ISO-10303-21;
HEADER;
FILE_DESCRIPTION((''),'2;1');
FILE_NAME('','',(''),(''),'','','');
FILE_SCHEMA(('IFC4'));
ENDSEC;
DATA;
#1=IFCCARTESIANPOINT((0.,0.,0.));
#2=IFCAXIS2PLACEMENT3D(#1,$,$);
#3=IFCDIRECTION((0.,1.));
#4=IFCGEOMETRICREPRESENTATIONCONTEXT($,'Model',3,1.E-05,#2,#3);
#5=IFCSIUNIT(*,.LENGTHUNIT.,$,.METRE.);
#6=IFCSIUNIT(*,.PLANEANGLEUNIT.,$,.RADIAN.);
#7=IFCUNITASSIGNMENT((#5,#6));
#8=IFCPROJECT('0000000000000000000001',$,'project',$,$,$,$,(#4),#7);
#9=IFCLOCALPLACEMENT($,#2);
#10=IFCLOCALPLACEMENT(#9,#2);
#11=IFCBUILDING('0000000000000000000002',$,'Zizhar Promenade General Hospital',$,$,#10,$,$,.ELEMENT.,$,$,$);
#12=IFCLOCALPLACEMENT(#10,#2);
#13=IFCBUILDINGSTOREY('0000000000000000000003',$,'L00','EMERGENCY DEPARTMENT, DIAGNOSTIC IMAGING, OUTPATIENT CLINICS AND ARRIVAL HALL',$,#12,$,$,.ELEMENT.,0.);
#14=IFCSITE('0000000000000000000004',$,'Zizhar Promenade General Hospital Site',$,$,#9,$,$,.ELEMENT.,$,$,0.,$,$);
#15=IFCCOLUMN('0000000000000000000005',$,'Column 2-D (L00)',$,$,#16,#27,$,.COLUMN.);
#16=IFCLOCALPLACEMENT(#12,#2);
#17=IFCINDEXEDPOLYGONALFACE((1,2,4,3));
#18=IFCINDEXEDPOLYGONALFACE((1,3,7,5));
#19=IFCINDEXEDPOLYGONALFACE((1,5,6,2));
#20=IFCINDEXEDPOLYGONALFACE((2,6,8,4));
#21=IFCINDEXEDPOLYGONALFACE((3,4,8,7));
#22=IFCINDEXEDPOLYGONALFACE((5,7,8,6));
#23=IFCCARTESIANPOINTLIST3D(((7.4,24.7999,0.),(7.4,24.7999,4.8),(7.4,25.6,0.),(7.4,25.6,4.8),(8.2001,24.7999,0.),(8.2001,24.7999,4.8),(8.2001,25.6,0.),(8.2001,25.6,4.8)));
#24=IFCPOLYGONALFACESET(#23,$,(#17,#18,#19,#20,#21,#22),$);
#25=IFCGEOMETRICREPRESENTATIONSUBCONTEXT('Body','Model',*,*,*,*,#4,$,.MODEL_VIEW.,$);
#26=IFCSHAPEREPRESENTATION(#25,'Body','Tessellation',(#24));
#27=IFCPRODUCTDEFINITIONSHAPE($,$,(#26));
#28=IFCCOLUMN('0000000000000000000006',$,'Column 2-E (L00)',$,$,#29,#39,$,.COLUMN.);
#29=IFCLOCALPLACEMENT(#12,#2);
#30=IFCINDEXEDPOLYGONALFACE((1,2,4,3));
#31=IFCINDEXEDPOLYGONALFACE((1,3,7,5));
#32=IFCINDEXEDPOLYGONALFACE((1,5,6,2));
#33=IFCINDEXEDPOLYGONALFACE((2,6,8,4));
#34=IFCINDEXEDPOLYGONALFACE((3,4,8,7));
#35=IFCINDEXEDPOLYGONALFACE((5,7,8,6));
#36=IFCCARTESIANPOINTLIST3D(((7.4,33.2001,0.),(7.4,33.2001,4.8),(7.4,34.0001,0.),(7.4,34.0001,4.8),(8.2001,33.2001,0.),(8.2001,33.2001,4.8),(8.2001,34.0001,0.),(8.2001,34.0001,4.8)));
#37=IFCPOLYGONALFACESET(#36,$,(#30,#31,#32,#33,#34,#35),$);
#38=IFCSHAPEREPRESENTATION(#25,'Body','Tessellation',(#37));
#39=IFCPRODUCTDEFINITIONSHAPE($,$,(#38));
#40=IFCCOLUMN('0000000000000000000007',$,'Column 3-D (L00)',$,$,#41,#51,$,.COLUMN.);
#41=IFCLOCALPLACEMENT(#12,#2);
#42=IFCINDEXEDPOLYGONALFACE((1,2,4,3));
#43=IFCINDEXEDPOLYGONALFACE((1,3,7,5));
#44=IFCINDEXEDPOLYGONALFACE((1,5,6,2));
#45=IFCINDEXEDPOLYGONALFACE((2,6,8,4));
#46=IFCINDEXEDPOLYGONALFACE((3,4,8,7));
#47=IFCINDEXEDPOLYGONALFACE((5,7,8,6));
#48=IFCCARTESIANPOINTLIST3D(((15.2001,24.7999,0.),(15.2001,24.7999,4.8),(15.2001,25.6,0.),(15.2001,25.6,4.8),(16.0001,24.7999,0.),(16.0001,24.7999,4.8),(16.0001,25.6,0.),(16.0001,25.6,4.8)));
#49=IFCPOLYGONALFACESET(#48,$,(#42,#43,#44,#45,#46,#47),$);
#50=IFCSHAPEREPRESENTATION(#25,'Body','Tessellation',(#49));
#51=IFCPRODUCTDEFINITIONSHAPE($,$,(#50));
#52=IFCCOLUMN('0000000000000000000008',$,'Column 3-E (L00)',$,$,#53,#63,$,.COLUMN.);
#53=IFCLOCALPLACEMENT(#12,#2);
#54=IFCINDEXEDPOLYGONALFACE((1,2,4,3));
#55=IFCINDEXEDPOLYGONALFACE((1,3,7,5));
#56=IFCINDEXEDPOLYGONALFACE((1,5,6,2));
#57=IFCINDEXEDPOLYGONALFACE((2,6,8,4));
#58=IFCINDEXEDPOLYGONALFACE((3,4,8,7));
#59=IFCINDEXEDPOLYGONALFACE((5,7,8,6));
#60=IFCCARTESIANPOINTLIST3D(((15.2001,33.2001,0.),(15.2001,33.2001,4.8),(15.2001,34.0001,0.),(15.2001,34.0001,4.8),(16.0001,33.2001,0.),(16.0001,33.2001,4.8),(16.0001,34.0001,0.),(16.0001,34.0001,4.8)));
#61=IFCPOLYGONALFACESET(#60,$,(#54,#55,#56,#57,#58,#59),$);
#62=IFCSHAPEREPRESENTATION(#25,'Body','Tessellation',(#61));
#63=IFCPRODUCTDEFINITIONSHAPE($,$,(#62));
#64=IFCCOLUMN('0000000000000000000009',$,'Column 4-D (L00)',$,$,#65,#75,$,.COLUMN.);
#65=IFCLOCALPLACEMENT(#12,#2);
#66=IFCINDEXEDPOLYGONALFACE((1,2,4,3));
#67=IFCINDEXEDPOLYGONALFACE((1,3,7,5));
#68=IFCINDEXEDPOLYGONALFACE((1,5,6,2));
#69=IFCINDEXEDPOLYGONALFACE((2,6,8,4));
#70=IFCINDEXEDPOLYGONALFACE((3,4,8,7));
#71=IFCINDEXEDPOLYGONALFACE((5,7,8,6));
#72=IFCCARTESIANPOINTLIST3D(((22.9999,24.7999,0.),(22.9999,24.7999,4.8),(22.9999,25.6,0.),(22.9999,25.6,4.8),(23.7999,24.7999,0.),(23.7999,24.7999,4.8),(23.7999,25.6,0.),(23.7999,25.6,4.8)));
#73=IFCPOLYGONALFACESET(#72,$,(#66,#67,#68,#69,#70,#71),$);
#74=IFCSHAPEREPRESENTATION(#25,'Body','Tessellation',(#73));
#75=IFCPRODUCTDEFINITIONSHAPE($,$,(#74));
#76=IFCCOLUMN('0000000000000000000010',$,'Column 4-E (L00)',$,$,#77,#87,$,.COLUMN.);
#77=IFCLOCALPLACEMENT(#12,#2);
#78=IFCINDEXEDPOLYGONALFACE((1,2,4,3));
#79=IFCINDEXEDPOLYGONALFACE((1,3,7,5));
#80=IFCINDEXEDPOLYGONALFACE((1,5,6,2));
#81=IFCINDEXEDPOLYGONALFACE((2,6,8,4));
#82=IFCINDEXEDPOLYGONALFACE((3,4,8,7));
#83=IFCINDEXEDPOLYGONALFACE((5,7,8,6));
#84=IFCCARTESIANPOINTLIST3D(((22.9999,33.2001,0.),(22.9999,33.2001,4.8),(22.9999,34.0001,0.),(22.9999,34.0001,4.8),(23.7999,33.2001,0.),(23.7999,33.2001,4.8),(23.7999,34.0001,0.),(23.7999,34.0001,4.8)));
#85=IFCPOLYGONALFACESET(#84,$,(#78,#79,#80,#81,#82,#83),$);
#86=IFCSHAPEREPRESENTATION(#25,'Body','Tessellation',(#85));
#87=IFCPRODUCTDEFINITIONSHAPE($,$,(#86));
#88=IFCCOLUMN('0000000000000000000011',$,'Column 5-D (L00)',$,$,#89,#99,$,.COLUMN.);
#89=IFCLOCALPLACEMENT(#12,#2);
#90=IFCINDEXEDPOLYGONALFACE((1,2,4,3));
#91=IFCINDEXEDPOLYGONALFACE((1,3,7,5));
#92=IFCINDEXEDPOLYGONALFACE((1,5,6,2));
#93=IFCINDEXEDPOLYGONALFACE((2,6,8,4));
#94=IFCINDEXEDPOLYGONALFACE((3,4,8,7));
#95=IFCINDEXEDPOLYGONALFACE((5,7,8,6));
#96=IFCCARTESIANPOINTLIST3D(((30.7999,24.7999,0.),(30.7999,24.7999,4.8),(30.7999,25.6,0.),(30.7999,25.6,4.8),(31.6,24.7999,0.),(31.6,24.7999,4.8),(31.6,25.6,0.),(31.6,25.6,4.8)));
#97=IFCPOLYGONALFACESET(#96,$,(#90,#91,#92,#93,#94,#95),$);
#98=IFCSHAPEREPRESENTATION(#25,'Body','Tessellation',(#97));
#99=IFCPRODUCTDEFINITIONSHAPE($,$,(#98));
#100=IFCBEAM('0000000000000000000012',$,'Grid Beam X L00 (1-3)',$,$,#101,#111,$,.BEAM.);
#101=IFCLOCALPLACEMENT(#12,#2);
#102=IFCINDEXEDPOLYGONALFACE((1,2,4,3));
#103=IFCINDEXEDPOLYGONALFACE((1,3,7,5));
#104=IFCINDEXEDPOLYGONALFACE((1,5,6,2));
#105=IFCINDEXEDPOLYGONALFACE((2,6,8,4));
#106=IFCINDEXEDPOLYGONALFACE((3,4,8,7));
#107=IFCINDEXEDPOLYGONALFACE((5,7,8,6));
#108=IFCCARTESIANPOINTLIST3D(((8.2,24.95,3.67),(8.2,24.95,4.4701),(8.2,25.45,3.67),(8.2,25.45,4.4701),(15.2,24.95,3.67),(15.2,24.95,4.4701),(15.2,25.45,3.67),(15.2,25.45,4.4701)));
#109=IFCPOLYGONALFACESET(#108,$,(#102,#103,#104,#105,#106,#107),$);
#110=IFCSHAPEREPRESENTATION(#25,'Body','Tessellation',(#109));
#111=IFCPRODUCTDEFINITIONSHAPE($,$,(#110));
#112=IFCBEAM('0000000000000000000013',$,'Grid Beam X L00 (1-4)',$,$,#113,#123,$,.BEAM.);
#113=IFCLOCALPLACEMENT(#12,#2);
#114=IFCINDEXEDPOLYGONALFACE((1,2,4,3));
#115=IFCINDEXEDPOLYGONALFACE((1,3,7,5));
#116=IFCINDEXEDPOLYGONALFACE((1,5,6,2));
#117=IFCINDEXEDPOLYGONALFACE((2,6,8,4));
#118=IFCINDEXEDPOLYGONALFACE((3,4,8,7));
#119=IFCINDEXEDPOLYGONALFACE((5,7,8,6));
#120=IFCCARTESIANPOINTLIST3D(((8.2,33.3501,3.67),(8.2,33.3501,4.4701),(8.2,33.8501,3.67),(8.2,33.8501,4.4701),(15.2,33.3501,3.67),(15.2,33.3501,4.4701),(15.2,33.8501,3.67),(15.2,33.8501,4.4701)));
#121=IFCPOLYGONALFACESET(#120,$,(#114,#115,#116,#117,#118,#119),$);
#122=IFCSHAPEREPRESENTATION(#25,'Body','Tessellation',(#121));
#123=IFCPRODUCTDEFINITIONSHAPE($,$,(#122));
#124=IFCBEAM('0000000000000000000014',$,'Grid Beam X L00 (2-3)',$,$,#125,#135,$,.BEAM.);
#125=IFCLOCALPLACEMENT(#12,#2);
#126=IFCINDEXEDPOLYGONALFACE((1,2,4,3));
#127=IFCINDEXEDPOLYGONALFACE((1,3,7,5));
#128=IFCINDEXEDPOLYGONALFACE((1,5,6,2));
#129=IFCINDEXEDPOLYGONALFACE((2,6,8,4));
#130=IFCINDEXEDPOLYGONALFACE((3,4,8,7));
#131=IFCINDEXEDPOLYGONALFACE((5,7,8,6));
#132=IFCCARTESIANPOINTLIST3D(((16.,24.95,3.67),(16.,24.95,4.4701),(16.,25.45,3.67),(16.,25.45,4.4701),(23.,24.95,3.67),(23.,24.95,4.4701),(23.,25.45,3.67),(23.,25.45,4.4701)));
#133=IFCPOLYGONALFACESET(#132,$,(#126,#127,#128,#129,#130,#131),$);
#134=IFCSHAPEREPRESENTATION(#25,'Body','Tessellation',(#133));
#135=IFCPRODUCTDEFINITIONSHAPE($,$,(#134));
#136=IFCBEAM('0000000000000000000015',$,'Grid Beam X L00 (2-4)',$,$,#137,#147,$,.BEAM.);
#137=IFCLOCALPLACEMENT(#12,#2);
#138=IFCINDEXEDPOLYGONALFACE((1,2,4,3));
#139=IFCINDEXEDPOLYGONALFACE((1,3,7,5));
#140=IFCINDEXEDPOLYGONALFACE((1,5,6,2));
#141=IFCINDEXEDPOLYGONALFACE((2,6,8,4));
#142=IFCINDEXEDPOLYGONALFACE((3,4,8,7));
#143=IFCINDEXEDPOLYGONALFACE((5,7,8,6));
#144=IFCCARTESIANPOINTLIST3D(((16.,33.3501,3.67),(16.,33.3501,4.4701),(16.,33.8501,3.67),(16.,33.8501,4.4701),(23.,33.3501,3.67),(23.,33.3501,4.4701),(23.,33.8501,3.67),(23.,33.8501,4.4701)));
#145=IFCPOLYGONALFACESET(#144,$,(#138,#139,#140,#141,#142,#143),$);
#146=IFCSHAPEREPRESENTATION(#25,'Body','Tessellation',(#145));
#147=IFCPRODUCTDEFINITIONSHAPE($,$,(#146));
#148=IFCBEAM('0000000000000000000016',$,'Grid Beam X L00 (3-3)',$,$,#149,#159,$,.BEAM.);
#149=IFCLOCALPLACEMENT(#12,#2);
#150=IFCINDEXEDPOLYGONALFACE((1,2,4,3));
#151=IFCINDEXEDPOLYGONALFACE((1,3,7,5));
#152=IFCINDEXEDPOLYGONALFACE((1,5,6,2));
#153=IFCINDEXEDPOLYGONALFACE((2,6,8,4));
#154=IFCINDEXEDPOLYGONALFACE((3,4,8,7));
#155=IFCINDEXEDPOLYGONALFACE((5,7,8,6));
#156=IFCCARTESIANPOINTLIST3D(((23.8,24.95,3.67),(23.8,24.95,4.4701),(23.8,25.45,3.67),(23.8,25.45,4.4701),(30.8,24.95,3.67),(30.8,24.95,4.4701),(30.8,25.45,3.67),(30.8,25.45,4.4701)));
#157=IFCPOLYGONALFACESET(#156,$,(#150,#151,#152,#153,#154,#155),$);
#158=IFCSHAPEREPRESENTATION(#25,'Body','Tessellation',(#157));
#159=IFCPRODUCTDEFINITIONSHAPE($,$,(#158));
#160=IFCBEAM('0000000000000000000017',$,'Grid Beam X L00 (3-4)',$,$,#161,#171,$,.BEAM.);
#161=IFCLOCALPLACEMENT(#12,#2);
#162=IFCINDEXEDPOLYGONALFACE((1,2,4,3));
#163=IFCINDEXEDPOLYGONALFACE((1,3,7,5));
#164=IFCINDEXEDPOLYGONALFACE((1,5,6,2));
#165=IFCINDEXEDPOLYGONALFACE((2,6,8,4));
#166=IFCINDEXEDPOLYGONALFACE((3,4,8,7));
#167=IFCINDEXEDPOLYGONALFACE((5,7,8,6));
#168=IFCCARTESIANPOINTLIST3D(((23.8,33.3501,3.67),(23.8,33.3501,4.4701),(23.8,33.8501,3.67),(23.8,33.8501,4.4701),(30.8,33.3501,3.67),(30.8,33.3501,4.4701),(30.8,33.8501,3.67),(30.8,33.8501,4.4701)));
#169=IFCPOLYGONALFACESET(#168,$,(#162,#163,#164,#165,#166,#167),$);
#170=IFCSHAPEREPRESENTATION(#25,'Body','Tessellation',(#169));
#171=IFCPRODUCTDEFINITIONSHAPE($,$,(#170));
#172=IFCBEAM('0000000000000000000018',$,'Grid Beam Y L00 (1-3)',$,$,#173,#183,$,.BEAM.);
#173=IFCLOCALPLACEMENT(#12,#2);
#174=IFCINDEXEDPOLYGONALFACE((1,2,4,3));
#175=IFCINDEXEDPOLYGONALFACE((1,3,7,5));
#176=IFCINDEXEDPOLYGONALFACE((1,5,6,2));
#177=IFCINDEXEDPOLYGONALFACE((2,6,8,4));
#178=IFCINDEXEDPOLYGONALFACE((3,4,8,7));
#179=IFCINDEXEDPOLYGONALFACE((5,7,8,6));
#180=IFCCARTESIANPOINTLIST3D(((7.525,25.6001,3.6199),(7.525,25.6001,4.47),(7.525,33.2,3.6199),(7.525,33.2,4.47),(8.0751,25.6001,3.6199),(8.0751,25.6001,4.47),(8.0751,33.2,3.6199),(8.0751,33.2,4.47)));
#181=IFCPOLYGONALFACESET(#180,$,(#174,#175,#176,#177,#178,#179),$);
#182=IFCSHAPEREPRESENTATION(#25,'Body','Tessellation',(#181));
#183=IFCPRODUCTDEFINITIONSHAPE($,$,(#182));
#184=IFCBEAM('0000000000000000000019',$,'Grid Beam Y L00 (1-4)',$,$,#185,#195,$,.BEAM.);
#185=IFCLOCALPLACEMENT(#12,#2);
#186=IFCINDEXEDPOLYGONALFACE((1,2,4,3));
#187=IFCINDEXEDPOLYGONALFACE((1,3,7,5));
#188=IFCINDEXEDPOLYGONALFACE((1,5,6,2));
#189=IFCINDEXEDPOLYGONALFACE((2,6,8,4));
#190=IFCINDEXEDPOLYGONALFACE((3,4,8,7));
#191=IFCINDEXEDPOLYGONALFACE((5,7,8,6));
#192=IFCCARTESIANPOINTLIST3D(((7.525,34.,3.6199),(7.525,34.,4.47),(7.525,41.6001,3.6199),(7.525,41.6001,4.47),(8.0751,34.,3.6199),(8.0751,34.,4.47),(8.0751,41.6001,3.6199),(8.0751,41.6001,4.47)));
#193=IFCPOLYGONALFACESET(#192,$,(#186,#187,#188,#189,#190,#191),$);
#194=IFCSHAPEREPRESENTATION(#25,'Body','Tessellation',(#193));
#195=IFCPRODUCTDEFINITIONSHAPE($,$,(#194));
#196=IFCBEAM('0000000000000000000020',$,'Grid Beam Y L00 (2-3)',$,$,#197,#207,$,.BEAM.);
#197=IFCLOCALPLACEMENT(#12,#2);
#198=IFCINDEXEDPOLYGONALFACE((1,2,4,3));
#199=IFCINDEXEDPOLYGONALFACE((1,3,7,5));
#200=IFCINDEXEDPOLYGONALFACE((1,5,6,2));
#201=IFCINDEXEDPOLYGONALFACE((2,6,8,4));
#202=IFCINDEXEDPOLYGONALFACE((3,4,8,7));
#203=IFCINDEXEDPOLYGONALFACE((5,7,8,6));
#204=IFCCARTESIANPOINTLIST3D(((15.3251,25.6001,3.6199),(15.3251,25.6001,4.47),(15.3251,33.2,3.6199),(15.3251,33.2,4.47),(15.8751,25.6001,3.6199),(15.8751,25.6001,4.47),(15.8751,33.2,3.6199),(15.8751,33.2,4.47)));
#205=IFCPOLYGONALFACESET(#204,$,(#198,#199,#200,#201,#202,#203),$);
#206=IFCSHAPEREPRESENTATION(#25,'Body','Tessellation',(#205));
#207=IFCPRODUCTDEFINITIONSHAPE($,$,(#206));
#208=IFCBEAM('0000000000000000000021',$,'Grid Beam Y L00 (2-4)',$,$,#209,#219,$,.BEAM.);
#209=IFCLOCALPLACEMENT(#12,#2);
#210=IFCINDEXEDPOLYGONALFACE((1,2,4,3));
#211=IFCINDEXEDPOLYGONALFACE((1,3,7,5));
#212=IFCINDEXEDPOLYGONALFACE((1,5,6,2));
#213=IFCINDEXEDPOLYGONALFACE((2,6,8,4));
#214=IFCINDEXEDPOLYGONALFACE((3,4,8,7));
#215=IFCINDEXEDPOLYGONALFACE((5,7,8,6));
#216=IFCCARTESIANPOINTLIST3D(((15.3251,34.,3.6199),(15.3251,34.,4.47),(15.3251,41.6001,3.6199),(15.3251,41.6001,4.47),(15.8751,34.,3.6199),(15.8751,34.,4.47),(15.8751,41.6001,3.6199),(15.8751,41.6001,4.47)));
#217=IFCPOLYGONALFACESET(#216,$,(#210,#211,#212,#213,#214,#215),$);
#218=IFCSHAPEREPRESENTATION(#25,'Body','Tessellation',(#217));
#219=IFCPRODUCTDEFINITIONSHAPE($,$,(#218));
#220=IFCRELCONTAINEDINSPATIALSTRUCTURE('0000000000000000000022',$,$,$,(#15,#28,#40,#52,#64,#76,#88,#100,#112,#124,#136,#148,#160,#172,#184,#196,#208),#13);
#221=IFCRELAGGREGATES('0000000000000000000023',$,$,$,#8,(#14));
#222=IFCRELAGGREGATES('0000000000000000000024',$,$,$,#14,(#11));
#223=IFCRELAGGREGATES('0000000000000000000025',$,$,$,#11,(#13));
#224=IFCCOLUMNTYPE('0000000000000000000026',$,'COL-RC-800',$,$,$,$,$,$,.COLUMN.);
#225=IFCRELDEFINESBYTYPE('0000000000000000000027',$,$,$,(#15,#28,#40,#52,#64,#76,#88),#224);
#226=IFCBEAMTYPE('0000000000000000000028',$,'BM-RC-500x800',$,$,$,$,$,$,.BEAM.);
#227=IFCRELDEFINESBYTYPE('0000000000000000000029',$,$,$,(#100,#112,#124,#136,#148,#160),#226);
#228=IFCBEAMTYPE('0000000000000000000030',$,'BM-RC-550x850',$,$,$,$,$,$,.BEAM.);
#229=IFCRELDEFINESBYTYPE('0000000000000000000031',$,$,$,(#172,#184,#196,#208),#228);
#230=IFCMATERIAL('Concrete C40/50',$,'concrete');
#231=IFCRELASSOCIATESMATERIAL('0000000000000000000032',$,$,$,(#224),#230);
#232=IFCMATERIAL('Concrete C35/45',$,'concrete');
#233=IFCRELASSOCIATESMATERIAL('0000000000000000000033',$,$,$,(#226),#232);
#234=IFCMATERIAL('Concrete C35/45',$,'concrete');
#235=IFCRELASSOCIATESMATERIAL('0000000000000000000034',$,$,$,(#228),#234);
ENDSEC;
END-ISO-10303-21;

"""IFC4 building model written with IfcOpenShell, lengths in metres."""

from ifc_helpers import new_model, si_unit, direction, frame, origin, origin_2d, place, context, subcontext, project, spatial, rectangle, extrude, material, material_profile, profile_set, type_object, element, save


model = new_model("IFC4")

# Units and contexts
model_context = context("Model", 3, precision=1e-05, world=origin(), true_north=direction((0.0, 1.0)))
body_context = subcontext(model_context, "Body", "Model", "MODEL_VIEW")
ifc_project = project(units=[si_unit("LENGTHUNIT", "METRE"), si_unit("PLANEANGLEUNIT", "RADIAN")], contexts=[model_context])

# Site, building, storey
site_placement = place(None, origin())
site = spatial("IfcSite", under=ifc_project, at=site_placement, Name="Zizhar Promenade General Hospital Site", CompositionType="ELEMENT", RefElevation=0.0)
building_placement = place(site_placement, origin())
building = spatial("IfcBuilding", under=site, at=building_placement, Name="Zizhar Promenade General Hospital", CompositionType="ELEMENT")
storey_placement = place(building_placement, origin())
storey = spatial("IfcBuildingStorey", under=building, at=storey_placement, Name="L00", Description="EMERGENCY DEPARTMENT, DIAGNOSTIC IMAGING, OUTPATIENT CLINICS AND ARRIVAL HALL", CompositionType="ELEMENT", Elevation=0.0)

# Columns
ifc_material_1 = material(Name="Concrete C40/50", Category="concrete")
ifc_material_profile_1 = material_profile(ifc_material_1, rectangle(XDim=0.8, YDim=0.8, at=origin_2d()))
ifc_profile_set_1 = profile_set([ifc_material_profile_1], Name="Concrete C40/50")
column_type = type_object("IfcColumnType", Name="COL-RC-800", PredefinedType="COLUMN", material=ifc_profile_set_1)
for number, where, z_axis, x_axis, name in (
    (1, (7.8, 25.2, 0.0), (0.0, 0.0, 1.0), (1.0, 0.0, 0.0), "Column 2-D (L00)"),
    (2, (7.8, 33.6001, 0.0), (0.0, 0.0, 1.0), (1.0, 0.0, 0.0), "Column 2-E (L00)"),
    (3, (15.6001, 25.2, 0.0), (0.0, 0.0, 1.0), (1.0, 0.0, 0.0), "Column 3-D (L00)"),
    (4, (15.6001, 33.6001, 0.0), (0.0, 0.0, 1.0), (1.0, 0.0, 0.0), "Column 3-E (L00)"),
    (5, (23.3999, 25.2, 0.0), (0.0, 0.0, 1.0), (1.0, 0.0, 0.0), "Column 4-D (L00)"),
    (6, (23.3999, 33.6001, 0.0), (0.0, 0.0, 1.0), (1.0, 0.0, 0.0), "Column 4-E (L00)"),
    (7, (31.2, 25.2, 0.0), (0.0, 0.0, 1.0), (1.0, 0.0, 0.0), "Column 5-D (L00)"),
):
    element("IfcColumn", number, at=place(storey_placement, frame(where, z_axis=z_axis, x_axis=x_axis)), inside=storey, type_object=column_type, Name=name, PredefinedType="COLUMN", context=body_context, shape_type="SweptSolid", body=[
        extrude(rectangle(XDim=0.8, YDim=0.8, at=origin_2d()), origin(), (0.0, 0.0, 1.0), 4.8),
    ])

# Beams
ifc_material_2 = material(Name="Concrete C35/45", Category="concrete")
ifc_material_profile_2 = material_profile(ifc_material_2, rectangle(XDim=0.5, YDim=0.8, at=origin_2d()))
ifc_profile_set_2 = profile_set([ifc_material_profile_2], Name="Concrete C35/45")
beam_type_1 = type_object("IfcBeamType", Name="BM-RC-500x800", PredefinedType="BEAM", material=ifc_profile_set_2)
for number, where, z_axis, x_axis, name in (
    (8, (8.2, 25.2, 4.0701), (1.0, 0.0, 0.0), (0.0, 1.0, 0.0), "Grid Beam X L00 (1-3)"),
    (9, (8.2, 33.6001, 4.0701), (1.0, 0.0, 0.0), (0.0, 1.0, 0.0), "Grid Beam X L00 (1-4)"),
    (10, (16.0, 25.2, 4.0701), (1.0, 0.0, 0.0), (0.0, 1.0, 0.0), "Grid Beam X L00 (2-3)"),
    (11, (16.0, 33.6001, 4.0701), (1.0, 0.0, 0.0), (0.0, 1.0, 0.0), "Grid Beam X L00 (2-4)"),
    (12, (23.8, 25.2, 4.0701), (1.0, 0.0, 0.0), (0.0, 1.0, 0.0), "Grid Beam X L00 (3-3)"),
    (13, (23.8, 33.6001, 4.0701), (1.0, 0.0, 0.0), (0.0, 1.0, 0.0), "Grid Beam X L00 (3-4)"),
):
    element("IfcBeam", number, at=place(storey_placement, frame(where, z_axis=z_axis, x_axis=x_axis)), inside=storey, type_object=beam_type_1, Name=name, PredefinedType="BEAM", context=body_context, shape_type="SweptSolid", body=[
        extrude(rectangle(XDim=0.5, YDim=0.8, at=origin_2d()), origin(), (0.0, 0.0, 1.0), 7.0),
    ])
ifc_material_3 = material(Name="Concrete C35/45", Category="concrete")
ifc_material_profile_3 = material_profile(ifc_material_3, rectangle(XDim=0.55, YDim=0.8501, at=origin_2d()))
ifc_profile_set_3 = profile_set([ifc_material_profile_3], Name="Concrete C35/45")
beam_type_2 = type_object("IfcBeamType", Name="BM-RC-550x850", PredefinedType="BEAM", material=ifc_profile_set_3)
beam_1_placement = place(storey_placement, frame((7.8, 25.6001, 4.0449), z_axis=(0.0, 1.0, 0.0), x_axis=(-1.0, 0.0, 0.0)))
element("IfcBeam", 14, at=beam_1_placement, inside=storey, type_object=beam_type_2, Name="Grid Beam Y L00 (1-3)", PredefinedType="BEAM", context=body_context, shape_type="SweptSolid", body=[
    extrude(rectangle(XDim=0.55, YDim=0.8501, at=origin_2d()), origin(), (0.0, 0.0, 1.0), 7.5999),
])
beam_2_placement = place(storey_placement, frame((7.8, 34.0, 4.0449), z_axis=(0.0, 1.0, 0.0), x_axis=(-1.0, 0.0, 0.0)))
element("IfcBeam", 15, at=beam_2_placement, inside=storey, type_object=beam_type_2, Name="Grid Beam Y L00 (1-4)", PredefinedType="BEAM", context=body_context, shape_type="SweptSolid", body=[
    extrude(rectangle(XDim=0.55, YDim=0.8501, at=origin_2d()), origin(), (0.0, 0.0, 1.0), 7.6001),
])
beam_3_placement = place(storey_placement, frame((15.6001, 25.6001, 4.0449), z_axis=(0.0, 1.0, 0.0), x_axis=(-1.0, 0.0, 0.0)))
element("IfcBeam", 16, at=beam_3_placement, inside=storey, type_object=beam_type_2, Name="Grid Beam Y L00 (2-3)", PredefinedType="BEAM", context=body_context, shape_type="SweptSolid", body=[
    extrude(rectangle(XDim=0.55, YDim=0.8501, at=origin_2d()), origin(), (0.0, 0.0, 1.0), 7.5999),
])
beam_4_placement = place(storey_placement, frame((15.6001, 34.0, 4.0449), z_axis=(0.0, 1.0, 0.0), x_axis=(-1.0, 0.0, 0.0)))
element("IfcBeam", 17, at=beam_4_placement, inside=storey, type_object=beam_type_2, Name="Grid Beam Y L00 (2-4)", PredefinedType="BEAM", context=body_context, shape_type="SweptSolid", body=[
    extrude(rectangle(XDim=0.55, YDim=0.8501, at=origin_2d()), origin(), (0.0, 0.0, 1.0), 7.6001),
])

save(model, "model.ifc")
